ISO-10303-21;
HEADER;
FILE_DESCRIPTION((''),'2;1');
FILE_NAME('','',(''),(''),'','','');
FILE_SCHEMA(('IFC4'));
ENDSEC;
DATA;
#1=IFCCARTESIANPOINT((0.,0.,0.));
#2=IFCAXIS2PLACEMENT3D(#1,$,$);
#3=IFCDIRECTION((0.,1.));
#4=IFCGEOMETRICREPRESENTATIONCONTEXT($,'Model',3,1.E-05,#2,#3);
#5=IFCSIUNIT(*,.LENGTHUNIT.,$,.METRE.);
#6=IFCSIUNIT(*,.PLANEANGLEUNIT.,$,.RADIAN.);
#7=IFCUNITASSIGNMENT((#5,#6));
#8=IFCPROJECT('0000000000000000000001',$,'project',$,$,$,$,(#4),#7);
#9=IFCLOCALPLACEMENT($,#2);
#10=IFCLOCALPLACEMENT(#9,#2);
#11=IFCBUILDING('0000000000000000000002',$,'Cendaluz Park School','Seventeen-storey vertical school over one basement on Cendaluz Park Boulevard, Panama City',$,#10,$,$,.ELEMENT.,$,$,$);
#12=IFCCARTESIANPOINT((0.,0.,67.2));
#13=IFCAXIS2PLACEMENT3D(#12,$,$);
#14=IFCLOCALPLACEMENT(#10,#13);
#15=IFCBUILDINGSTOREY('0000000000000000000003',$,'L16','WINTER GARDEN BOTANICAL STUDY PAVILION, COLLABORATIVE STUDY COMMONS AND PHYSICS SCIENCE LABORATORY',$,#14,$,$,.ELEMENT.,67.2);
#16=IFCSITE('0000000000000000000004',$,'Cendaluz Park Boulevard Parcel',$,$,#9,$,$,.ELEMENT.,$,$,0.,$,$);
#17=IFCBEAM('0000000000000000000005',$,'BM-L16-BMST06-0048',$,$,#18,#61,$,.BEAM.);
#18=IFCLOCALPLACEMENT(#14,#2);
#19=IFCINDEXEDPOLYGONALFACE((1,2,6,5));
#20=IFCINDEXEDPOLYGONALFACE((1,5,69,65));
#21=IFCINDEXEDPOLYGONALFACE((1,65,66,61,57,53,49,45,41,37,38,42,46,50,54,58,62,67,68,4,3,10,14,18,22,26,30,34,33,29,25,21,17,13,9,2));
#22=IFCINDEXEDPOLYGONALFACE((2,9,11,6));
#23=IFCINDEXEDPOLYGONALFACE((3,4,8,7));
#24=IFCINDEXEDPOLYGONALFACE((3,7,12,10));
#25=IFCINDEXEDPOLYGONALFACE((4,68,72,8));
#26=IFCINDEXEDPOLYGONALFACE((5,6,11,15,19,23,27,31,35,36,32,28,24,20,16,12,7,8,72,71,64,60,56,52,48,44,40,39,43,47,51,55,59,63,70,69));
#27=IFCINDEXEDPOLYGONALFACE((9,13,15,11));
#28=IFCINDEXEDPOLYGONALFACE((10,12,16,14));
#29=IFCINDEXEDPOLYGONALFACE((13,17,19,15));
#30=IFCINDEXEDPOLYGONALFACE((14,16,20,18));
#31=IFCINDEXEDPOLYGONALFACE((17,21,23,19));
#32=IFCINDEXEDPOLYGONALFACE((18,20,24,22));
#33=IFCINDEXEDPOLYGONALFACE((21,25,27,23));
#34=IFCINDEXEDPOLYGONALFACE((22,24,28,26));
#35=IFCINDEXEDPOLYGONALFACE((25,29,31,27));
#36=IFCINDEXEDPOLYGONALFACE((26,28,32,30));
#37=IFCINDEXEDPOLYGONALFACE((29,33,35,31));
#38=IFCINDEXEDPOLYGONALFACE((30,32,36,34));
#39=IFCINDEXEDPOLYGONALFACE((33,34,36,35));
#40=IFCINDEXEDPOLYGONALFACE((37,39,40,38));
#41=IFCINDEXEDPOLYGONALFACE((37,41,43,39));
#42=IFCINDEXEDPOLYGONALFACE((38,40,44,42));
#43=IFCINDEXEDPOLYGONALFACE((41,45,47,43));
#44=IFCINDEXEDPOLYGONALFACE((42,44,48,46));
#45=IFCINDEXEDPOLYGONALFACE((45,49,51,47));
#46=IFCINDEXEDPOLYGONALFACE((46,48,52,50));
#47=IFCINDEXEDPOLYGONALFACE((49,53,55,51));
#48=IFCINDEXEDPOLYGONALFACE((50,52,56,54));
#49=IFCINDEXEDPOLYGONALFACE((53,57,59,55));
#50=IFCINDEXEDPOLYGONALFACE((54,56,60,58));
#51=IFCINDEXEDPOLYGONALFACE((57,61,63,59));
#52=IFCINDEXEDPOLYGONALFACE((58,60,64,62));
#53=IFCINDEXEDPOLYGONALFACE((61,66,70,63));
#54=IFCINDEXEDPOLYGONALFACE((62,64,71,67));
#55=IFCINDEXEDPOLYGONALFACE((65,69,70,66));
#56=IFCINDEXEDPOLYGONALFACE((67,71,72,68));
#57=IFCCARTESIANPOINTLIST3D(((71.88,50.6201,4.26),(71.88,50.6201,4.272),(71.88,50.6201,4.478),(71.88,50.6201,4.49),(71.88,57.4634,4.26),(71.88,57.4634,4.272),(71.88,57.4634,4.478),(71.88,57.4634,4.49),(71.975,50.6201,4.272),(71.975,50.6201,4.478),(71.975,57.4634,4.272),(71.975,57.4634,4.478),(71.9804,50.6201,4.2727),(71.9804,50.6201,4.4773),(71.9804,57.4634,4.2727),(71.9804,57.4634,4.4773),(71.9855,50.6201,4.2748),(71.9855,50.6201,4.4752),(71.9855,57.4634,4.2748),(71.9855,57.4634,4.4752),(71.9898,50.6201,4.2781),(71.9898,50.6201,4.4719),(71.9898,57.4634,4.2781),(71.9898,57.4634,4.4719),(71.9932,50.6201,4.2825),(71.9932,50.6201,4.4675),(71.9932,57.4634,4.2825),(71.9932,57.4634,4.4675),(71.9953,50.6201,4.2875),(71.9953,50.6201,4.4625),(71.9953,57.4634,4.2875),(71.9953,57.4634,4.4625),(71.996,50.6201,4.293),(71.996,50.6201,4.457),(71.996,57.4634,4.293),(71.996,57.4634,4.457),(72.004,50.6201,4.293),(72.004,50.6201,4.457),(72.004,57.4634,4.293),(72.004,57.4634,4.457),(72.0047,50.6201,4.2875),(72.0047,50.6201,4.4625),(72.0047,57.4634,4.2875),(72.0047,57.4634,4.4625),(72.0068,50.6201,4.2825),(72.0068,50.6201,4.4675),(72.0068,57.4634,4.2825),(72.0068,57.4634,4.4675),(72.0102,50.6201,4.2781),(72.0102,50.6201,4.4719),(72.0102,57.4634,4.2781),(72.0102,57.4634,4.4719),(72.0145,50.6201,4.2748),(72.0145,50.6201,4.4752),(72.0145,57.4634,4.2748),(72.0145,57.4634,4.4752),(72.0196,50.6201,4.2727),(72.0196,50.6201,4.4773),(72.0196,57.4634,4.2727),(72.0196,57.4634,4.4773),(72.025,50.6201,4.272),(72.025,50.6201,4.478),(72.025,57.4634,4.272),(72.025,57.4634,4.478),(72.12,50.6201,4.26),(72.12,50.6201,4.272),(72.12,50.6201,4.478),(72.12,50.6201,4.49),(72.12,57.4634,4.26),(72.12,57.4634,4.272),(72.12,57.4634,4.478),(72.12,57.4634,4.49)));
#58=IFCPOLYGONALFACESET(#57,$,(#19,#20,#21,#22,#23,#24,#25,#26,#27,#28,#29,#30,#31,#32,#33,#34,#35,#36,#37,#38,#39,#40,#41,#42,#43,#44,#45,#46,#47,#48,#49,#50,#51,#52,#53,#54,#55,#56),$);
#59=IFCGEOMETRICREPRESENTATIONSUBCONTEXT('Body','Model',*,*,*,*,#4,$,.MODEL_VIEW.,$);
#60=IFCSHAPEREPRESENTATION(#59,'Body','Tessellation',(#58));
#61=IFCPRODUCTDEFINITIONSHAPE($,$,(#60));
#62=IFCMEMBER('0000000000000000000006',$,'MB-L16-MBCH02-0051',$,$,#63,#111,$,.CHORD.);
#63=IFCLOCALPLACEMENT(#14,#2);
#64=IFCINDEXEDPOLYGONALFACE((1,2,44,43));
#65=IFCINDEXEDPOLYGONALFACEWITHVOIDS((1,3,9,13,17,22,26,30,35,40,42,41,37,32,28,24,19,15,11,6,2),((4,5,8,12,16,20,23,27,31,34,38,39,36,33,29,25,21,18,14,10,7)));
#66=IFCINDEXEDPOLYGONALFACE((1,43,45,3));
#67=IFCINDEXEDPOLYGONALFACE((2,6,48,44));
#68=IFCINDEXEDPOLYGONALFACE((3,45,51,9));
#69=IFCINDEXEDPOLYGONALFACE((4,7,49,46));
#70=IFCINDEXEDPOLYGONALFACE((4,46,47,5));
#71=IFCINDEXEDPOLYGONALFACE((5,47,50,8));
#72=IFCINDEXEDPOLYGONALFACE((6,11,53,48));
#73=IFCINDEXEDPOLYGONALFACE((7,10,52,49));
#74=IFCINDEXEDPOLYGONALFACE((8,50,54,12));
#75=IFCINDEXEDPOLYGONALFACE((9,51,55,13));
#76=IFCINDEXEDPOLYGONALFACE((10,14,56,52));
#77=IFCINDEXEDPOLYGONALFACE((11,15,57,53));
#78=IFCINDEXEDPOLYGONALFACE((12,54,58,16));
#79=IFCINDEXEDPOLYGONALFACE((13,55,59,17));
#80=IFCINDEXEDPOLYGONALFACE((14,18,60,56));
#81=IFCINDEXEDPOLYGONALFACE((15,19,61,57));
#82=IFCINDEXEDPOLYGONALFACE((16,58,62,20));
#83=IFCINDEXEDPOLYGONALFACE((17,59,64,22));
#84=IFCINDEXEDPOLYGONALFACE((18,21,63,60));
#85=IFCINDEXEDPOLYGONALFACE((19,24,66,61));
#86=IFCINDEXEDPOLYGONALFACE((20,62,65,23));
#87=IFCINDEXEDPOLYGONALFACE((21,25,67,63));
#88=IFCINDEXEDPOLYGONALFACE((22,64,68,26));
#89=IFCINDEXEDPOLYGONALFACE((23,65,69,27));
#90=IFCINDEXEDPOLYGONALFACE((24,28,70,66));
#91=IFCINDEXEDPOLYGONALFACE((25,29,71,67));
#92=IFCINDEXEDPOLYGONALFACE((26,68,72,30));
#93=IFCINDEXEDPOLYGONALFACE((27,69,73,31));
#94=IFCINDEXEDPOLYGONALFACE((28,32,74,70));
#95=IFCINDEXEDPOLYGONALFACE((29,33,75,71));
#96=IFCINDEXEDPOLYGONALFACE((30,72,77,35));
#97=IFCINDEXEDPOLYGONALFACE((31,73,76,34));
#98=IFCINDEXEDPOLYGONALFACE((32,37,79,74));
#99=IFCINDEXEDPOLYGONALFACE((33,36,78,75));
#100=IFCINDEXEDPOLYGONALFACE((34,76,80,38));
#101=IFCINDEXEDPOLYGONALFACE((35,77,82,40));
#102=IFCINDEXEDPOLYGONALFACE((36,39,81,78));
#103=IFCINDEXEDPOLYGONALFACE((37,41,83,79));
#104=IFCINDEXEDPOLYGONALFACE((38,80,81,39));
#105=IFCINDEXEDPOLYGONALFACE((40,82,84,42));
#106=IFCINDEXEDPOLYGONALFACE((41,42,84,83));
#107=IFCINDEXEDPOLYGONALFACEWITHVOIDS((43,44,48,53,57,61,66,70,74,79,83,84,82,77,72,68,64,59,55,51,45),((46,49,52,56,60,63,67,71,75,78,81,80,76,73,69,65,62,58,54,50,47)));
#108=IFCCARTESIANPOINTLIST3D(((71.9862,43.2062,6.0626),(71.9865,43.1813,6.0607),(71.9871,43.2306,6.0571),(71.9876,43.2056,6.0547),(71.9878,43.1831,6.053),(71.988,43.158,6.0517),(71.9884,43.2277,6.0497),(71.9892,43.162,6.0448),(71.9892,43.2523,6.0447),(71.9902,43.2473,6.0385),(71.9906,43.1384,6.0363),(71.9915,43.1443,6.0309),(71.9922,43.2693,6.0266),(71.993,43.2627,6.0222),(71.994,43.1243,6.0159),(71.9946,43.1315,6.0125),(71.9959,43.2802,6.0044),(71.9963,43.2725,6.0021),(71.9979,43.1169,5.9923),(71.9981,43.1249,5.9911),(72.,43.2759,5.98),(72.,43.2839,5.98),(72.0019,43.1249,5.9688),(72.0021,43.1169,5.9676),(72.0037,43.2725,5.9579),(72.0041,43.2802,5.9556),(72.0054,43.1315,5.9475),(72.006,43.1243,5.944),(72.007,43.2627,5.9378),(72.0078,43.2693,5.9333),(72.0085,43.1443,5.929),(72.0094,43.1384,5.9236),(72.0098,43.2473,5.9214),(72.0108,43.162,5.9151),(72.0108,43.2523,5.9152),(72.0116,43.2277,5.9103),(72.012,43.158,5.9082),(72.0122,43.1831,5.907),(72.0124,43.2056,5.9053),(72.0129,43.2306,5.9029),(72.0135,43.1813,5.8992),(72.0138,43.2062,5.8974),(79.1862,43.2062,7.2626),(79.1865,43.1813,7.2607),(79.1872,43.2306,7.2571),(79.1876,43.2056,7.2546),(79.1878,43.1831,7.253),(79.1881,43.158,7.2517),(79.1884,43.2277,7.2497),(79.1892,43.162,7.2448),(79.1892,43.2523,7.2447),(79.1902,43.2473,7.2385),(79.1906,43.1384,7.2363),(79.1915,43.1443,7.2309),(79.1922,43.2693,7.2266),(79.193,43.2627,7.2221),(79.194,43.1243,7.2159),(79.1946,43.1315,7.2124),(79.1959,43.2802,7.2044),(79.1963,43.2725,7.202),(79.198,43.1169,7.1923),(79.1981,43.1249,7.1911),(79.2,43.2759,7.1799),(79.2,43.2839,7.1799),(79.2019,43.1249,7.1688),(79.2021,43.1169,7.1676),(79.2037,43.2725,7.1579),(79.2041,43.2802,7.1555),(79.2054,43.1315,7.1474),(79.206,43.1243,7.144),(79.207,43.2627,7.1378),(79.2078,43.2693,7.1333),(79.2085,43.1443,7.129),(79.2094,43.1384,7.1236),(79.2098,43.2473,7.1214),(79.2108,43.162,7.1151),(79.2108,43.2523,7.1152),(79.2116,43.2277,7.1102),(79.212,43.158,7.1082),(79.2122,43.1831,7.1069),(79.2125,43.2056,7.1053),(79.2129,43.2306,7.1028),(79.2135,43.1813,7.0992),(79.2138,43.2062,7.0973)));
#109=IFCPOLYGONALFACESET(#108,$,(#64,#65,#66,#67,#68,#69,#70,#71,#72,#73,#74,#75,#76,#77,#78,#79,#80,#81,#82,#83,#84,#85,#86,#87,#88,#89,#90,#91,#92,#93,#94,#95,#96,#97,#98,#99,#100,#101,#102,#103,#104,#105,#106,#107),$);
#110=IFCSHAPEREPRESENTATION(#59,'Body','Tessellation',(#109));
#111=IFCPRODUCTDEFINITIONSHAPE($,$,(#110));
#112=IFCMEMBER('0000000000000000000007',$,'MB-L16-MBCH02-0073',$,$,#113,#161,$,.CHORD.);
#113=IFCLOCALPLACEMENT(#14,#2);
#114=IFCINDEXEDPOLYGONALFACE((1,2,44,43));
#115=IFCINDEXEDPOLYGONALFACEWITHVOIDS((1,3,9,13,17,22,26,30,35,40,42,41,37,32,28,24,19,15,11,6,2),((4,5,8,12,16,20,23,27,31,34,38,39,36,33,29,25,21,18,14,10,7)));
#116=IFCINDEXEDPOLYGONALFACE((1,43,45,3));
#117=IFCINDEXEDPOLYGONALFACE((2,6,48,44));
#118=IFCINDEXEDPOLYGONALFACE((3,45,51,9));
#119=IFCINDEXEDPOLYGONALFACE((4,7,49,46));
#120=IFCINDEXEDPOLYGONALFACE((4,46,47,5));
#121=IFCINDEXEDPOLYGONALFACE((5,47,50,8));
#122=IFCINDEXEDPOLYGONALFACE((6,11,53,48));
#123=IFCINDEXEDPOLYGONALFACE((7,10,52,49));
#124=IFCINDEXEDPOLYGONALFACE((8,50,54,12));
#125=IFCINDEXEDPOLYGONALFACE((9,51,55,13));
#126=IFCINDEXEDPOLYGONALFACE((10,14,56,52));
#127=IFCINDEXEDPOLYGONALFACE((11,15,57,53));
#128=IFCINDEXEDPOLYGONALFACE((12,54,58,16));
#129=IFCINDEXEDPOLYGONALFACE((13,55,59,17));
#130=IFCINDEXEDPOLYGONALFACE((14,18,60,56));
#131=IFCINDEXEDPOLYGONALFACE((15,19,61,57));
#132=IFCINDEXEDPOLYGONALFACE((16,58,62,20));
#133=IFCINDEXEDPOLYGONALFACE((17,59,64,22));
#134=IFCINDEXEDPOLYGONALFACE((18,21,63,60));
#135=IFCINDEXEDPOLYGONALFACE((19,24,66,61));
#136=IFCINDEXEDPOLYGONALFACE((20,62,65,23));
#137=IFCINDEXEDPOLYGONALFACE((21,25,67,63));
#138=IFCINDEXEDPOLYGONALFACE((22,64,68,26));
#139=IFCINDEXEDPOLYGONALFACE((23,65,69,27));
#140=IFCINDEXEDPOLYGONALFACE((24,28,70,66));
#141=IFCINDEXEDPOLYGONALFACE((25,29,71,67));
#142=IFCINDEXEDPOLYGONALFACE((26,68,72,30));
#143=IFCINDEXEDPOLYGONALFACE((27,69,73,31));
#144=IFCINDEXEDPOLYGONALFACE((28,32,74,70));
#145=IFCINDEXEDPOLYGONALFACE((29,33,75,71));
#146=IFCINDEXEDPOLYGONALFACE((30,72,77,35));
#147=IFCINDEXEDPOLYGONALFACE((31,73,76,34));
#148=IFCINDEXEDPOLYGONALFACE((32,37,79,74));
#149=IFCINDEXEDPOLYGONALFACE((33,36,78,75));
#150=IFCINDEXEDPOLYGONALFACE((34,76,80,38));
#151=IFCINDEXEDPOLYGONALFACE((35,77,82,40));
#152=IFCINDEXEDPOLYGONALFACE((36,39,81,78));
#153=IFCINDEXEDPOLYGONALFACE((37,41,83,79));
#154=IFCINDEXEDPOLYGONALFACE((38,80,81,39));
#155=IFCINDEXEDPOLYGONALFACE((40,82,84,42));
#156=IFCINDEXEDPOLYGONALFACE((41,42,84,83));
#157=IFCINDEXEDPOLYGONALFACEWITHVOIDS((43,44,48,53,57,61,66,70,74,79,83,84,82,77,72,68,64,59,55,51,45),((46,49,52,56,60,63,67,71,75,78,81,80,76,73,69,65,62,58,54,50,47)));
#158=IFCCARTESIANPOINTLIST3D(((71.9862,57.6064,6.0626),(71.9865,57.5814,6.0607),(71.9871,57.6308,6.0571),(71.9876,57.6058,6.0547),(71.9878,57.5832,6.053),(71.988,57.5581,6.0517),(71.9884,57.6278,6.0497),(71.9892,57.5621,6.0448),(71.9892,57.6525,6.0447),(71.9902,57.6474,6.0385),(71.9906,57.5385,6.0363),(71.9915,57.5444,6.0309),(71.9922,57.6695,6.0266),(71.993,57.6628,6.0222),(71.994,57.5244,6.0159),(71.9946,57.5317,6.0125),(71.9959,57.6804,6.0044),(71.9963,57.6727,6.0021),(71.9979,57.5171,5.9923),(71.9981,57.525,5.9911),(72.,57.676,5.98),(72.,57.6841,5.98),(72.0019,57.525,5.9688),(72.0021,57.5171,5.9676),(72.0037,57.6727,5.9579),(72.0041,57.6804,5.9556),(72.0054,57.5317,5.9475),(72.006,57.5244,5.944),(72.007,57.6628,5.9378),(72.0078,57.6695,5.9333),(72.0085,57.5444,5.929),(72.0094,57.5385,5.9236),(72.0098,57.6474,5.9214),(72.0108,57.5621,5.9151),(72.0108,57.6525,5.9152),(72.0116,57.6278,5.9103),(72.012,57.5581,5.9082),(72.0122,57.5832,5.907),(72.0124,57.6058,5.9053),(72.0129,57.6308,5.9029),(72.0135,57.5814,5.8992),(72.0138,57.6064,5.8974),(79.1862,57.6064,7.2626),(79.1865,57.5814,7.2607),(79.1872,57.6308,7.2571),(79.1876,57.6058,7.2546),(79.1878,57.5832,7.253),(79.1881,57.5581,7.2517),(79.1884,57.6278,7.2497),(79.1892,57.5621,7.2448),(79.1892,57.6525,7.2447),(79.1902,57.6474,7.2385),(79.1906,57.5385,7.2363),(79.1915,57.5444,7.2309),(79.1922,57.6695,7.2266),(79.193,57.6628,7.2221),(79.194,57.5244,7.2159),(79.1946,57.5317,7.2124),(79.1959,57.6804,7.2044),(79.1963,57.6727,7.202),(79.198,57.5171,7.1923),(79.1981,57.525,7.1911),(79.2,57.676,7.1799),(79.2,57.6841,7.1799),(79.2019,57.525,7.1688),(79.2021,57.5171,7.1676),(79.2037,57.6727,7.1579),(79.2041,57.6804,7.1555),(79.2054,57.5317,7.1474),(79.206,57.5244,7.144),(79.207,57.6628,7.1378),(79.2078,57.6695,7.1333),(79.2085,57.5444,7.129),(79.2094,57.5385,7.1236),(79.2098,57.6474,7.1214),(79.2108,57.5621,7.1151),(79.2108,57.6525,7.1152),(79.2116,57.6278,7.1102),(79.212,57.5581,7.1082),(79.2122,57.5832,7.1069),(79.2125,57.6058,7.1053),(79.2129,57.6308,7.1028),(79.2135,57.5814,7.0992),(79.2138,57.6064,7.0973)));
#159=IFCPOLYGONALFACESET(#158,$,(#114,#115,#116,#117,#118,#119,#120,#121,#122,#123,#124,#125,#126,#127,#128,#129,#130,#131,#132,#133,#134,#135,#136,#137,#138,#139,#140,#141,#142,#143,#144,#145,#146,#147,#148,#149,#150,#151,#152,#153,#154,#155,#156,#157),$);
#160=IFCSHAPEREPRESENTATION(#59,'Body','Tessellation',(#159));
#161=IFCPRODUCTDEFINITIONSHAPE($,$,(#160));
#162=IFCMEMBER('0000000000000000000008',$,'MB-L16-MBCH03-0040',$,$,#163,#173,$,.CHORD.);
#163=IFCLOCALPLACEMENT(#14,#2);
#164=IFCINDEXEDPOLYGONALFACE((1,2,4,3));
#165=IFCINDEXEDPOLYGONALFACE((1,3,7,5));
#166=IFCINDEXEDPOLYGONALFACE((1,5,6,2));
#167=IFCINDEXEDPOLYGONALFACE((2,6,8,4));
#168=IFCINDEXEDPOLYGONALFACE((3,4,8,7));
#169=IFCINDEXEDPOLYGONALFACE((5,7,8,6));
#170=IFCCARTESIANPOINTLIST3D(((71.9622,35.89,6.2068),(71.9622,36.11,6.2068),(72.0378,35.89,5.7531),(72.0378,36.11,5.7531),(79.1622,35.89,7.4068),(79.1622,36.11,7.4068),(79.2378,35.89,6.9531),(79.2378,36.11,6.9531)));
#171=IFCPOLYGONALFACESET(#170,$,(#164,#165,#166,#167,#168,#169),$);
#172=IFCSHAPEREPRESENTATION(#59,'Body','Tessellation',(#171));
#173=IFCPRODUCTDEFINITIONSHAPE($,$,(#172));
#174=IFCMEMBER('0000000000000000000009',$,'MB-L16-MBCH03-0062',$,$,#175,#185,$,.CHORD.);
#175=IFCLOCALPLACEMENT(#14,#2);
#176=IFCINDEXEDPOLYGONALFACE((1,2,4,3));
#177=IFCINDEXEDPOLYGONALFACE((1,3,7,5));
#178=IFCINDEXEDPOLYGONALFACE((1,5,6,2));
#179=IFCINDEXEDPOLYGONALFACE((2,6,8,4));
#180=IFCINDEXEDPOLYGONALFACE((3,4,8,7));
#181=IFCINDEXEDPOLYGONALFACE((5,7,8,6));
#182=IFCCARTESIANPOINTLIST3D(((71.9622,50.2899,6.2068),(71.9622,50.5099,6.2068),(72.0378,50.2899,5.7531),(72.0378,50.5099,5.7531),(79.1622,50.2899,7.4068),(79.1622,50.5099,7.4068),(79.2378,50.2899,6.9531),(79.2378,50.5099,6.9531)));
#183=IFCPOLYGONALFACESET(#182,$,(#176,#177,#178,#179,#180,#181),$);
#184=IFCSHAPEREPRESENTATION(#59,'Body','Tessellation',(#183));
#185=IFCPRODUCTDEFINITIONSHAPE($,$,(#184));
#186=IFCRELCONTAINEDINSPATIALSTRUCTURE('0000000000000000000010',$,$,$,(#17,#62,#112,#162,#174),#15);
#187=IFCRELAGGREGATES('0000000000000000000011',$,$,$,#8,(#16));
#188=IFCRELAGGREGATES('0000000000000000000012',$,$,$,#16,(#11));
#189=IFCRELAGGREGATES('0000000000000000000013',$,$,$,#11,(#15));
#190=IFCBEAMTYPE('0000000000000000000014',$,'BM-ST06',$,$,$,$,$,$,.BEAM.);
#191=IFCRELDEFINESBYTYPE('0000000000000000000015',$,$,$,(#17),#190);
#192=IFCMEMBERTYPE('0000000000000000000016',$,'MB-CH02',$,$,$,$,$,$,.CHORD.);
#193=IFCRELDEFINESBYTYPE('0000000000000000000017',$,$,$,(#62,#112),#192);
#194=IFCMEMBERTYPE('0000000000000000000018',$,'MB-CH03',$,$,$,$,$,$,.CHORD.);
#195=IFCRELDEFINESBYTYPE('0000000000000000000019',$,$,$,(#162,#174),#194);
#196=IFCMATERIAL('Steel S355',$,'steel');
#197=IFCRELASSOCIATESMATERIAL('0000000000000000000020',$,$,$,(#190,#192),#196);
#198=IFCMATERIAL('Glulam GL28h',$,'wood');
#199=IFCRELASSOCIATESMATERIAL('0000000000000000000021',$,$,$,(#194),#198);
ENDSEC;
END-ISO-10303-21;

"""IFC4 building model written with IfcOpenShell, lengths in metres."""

from ifc_helpers import new_model, si_unit, direction, frame, origin, origin_2d, place, context, subcontext, project, spatial, rectangle, hollow_circle, i_section, extrude, material, material_profile, profile_set, type_object, element, save


model = new_model("IFC4")

# Units and contexts
model_context = context("Model", 3, precision=1e-05, world=origin(), true_north=direction((0.0, 1.0)))
body_context = subcontext(model_context, "Body", "Model", "MODEL_VIEW")
ifc_project = project(units=[si_unit("LENGTHUNIT", "METRE"), si_unit("PLANEANGLEUNIT", "RADIAN")], contexts=[model_context])

# Site, building, storey
site_placement = place(None, origin())
site = spatial("IfcSite", under=ifc_project, at=site_placement, Name="Cendaluz Park Boulevard Parcel", CompositionType="ELEMENT", RefElevation=0.0)
building_placement = place(site_placement, origin())
building = spatial("IfcBuilding", under=site, at=building_placement, Name="Cendaluz Park School", Description="Seventeen-storey vertical school over one basement on Cendaluz Park Boulevard, Panama City", CompositionType="ELEMENT")
storey_placement = place(building_placement, frame((0.0, 0.0, 67.2)))
storey = spatial("IfcBuildingStorey", under=building, at=storey_placement, Name="L16", Description="WINTER GARDEN BOTANICAL STUDY PAVILION, COLLABORATIVE STUDY COMMONS AND PHYSICS SCIENCE LABORATORY", CompositionType="ELEMENT", Elevation=67.2)

# Shared definitions
ifc_material_1 = material(Name="Steel S355", Category="steel")

# Beam
ifc_material_profile_1 = material_profile(ifc_material_1, i_section(OverallWidth=0.24, OverallDepth=0.23, WebThickness=0.0081, FlangeThickness=0.012, FilletRadius=0.021, at=origin_2d()), Name="HEA 240", Category="steel")
ifc_profile_set_1 = profile_set([ifc_material_profile_1], Name="Steel S355")
beam_type = type_object("IfcBeamType", Name="BM-ST06", PredefinedType="BEAM", material=ifc_profile_set_1)
beam_placement = place(storey_placement, frame((72.0, 50.6201, 4.375), z_axis=(0.0, 1.0, 0.0), x_axis=(-1.0, 0.0, 0.0)))
element("IfcBeam", 1, at=beam_placement, inside=storey, type_object=beam_type, Name="BM-L16-BMST06-0048", PredefinedType="BEAM", context=body_context, shape_type="SweptSolid", body=[
    extrude(i_section(OverallWidth=0.24, OverallDepth=0.23, WebThickness=0.0081, FlangeThickness=0.012, FilletRadius=0.021, at=origin_2d()), origin(), (0.0, 0.0, 1.0), 6.8433),
])

# Members
ifc_material_profile_2 = material_profile(ifc_material_1, hollow_circle(Radius=0.084, WallThickness=0.0081, at=origin_2d()), Name="CHS 168x8", Category="steel")
ifc_profile_set_2 = profile_set([ifc_material_profile_2], Name="Steel S355")
member_type_1 = type_object("IfcMemberType", Name="MB-CH02", PredefinedType="CHORD", material=ifc_profile_set_2)
for number, where, z_axis, x_axis, name in (
    (2, (72.0, 43.2, 5.98), (0.986395, 0.0, 0.164394), (0.0, 1.0, 0.0), "MB-L16-MBCH02-0051"),
    (3, (72.0, 57.6001, 5.98), (0.986395, 0.0, 0.164394), (0.0, 1.0, 0.0), "MB-L16-MBCH02-0073"),
):
    element("IfcMember", number, at=place(storey_placement, frame(where, z_axis=z_axis, x_axis=x_axis)), inside=storey, type_object=member_type_1, Name=name, PredefinedType="CHORD", context=body_context, shape_type="SweptSolid", body=[
        extrude(hollow_circle(Radius=0.084, WallThickness=0.0081, at=origin_2d()), origin(), (0.0, 0.0, 1.0), 7.2993),
    ])
ifc_material_2 = material(Name="Glulam GL28h", Category="wood")
ifc_material_profile_3 = material_profile(ifc_material_2, rectangle(XDim=0.22, YDim=0.46, at=origin_2d()), Name="GL28h 220x460", Category="wood")
ifc_profile_set_3 = profile_set([ifc_material_profile_3], Name="Glulam GL28h")
member_type_2 = type_object("IfcMemberType", Name="MB-CH03", PredefinedType="CHORD", material=ifc_profile_set_3)
for number, where, z_axis, x_axis, name in (
    (4, (72.0, 36.0, 5.98), (0.986395, 0.0, 0.164394), (0.0, 1.0, 0.0), "MB-L16-MBCH03-0040"),
    (5, (72.0, 50.3999, 5.98), (0.986395, 0.0, 0.164394), (0.0, 1.0, 0.0), "MB-L16-MBCH03-0062"),
):
    element("IfcMember", number, at=place(storey_placement, frame(where, z_axis=z_axis, x_axis=x_axis)), inside=storey, type_object=member_type_2, Name=name, PredefinedType="CHORD", context=body_context, shape_type="SweptSolid", body=[
        extrude(rectangle(XDim=0.22, YDim=0.46, at=origin_2d()), origin(), (0.0, 0.0, 1.0), 7.2993),
    ])

save(model, "model.ifc")
